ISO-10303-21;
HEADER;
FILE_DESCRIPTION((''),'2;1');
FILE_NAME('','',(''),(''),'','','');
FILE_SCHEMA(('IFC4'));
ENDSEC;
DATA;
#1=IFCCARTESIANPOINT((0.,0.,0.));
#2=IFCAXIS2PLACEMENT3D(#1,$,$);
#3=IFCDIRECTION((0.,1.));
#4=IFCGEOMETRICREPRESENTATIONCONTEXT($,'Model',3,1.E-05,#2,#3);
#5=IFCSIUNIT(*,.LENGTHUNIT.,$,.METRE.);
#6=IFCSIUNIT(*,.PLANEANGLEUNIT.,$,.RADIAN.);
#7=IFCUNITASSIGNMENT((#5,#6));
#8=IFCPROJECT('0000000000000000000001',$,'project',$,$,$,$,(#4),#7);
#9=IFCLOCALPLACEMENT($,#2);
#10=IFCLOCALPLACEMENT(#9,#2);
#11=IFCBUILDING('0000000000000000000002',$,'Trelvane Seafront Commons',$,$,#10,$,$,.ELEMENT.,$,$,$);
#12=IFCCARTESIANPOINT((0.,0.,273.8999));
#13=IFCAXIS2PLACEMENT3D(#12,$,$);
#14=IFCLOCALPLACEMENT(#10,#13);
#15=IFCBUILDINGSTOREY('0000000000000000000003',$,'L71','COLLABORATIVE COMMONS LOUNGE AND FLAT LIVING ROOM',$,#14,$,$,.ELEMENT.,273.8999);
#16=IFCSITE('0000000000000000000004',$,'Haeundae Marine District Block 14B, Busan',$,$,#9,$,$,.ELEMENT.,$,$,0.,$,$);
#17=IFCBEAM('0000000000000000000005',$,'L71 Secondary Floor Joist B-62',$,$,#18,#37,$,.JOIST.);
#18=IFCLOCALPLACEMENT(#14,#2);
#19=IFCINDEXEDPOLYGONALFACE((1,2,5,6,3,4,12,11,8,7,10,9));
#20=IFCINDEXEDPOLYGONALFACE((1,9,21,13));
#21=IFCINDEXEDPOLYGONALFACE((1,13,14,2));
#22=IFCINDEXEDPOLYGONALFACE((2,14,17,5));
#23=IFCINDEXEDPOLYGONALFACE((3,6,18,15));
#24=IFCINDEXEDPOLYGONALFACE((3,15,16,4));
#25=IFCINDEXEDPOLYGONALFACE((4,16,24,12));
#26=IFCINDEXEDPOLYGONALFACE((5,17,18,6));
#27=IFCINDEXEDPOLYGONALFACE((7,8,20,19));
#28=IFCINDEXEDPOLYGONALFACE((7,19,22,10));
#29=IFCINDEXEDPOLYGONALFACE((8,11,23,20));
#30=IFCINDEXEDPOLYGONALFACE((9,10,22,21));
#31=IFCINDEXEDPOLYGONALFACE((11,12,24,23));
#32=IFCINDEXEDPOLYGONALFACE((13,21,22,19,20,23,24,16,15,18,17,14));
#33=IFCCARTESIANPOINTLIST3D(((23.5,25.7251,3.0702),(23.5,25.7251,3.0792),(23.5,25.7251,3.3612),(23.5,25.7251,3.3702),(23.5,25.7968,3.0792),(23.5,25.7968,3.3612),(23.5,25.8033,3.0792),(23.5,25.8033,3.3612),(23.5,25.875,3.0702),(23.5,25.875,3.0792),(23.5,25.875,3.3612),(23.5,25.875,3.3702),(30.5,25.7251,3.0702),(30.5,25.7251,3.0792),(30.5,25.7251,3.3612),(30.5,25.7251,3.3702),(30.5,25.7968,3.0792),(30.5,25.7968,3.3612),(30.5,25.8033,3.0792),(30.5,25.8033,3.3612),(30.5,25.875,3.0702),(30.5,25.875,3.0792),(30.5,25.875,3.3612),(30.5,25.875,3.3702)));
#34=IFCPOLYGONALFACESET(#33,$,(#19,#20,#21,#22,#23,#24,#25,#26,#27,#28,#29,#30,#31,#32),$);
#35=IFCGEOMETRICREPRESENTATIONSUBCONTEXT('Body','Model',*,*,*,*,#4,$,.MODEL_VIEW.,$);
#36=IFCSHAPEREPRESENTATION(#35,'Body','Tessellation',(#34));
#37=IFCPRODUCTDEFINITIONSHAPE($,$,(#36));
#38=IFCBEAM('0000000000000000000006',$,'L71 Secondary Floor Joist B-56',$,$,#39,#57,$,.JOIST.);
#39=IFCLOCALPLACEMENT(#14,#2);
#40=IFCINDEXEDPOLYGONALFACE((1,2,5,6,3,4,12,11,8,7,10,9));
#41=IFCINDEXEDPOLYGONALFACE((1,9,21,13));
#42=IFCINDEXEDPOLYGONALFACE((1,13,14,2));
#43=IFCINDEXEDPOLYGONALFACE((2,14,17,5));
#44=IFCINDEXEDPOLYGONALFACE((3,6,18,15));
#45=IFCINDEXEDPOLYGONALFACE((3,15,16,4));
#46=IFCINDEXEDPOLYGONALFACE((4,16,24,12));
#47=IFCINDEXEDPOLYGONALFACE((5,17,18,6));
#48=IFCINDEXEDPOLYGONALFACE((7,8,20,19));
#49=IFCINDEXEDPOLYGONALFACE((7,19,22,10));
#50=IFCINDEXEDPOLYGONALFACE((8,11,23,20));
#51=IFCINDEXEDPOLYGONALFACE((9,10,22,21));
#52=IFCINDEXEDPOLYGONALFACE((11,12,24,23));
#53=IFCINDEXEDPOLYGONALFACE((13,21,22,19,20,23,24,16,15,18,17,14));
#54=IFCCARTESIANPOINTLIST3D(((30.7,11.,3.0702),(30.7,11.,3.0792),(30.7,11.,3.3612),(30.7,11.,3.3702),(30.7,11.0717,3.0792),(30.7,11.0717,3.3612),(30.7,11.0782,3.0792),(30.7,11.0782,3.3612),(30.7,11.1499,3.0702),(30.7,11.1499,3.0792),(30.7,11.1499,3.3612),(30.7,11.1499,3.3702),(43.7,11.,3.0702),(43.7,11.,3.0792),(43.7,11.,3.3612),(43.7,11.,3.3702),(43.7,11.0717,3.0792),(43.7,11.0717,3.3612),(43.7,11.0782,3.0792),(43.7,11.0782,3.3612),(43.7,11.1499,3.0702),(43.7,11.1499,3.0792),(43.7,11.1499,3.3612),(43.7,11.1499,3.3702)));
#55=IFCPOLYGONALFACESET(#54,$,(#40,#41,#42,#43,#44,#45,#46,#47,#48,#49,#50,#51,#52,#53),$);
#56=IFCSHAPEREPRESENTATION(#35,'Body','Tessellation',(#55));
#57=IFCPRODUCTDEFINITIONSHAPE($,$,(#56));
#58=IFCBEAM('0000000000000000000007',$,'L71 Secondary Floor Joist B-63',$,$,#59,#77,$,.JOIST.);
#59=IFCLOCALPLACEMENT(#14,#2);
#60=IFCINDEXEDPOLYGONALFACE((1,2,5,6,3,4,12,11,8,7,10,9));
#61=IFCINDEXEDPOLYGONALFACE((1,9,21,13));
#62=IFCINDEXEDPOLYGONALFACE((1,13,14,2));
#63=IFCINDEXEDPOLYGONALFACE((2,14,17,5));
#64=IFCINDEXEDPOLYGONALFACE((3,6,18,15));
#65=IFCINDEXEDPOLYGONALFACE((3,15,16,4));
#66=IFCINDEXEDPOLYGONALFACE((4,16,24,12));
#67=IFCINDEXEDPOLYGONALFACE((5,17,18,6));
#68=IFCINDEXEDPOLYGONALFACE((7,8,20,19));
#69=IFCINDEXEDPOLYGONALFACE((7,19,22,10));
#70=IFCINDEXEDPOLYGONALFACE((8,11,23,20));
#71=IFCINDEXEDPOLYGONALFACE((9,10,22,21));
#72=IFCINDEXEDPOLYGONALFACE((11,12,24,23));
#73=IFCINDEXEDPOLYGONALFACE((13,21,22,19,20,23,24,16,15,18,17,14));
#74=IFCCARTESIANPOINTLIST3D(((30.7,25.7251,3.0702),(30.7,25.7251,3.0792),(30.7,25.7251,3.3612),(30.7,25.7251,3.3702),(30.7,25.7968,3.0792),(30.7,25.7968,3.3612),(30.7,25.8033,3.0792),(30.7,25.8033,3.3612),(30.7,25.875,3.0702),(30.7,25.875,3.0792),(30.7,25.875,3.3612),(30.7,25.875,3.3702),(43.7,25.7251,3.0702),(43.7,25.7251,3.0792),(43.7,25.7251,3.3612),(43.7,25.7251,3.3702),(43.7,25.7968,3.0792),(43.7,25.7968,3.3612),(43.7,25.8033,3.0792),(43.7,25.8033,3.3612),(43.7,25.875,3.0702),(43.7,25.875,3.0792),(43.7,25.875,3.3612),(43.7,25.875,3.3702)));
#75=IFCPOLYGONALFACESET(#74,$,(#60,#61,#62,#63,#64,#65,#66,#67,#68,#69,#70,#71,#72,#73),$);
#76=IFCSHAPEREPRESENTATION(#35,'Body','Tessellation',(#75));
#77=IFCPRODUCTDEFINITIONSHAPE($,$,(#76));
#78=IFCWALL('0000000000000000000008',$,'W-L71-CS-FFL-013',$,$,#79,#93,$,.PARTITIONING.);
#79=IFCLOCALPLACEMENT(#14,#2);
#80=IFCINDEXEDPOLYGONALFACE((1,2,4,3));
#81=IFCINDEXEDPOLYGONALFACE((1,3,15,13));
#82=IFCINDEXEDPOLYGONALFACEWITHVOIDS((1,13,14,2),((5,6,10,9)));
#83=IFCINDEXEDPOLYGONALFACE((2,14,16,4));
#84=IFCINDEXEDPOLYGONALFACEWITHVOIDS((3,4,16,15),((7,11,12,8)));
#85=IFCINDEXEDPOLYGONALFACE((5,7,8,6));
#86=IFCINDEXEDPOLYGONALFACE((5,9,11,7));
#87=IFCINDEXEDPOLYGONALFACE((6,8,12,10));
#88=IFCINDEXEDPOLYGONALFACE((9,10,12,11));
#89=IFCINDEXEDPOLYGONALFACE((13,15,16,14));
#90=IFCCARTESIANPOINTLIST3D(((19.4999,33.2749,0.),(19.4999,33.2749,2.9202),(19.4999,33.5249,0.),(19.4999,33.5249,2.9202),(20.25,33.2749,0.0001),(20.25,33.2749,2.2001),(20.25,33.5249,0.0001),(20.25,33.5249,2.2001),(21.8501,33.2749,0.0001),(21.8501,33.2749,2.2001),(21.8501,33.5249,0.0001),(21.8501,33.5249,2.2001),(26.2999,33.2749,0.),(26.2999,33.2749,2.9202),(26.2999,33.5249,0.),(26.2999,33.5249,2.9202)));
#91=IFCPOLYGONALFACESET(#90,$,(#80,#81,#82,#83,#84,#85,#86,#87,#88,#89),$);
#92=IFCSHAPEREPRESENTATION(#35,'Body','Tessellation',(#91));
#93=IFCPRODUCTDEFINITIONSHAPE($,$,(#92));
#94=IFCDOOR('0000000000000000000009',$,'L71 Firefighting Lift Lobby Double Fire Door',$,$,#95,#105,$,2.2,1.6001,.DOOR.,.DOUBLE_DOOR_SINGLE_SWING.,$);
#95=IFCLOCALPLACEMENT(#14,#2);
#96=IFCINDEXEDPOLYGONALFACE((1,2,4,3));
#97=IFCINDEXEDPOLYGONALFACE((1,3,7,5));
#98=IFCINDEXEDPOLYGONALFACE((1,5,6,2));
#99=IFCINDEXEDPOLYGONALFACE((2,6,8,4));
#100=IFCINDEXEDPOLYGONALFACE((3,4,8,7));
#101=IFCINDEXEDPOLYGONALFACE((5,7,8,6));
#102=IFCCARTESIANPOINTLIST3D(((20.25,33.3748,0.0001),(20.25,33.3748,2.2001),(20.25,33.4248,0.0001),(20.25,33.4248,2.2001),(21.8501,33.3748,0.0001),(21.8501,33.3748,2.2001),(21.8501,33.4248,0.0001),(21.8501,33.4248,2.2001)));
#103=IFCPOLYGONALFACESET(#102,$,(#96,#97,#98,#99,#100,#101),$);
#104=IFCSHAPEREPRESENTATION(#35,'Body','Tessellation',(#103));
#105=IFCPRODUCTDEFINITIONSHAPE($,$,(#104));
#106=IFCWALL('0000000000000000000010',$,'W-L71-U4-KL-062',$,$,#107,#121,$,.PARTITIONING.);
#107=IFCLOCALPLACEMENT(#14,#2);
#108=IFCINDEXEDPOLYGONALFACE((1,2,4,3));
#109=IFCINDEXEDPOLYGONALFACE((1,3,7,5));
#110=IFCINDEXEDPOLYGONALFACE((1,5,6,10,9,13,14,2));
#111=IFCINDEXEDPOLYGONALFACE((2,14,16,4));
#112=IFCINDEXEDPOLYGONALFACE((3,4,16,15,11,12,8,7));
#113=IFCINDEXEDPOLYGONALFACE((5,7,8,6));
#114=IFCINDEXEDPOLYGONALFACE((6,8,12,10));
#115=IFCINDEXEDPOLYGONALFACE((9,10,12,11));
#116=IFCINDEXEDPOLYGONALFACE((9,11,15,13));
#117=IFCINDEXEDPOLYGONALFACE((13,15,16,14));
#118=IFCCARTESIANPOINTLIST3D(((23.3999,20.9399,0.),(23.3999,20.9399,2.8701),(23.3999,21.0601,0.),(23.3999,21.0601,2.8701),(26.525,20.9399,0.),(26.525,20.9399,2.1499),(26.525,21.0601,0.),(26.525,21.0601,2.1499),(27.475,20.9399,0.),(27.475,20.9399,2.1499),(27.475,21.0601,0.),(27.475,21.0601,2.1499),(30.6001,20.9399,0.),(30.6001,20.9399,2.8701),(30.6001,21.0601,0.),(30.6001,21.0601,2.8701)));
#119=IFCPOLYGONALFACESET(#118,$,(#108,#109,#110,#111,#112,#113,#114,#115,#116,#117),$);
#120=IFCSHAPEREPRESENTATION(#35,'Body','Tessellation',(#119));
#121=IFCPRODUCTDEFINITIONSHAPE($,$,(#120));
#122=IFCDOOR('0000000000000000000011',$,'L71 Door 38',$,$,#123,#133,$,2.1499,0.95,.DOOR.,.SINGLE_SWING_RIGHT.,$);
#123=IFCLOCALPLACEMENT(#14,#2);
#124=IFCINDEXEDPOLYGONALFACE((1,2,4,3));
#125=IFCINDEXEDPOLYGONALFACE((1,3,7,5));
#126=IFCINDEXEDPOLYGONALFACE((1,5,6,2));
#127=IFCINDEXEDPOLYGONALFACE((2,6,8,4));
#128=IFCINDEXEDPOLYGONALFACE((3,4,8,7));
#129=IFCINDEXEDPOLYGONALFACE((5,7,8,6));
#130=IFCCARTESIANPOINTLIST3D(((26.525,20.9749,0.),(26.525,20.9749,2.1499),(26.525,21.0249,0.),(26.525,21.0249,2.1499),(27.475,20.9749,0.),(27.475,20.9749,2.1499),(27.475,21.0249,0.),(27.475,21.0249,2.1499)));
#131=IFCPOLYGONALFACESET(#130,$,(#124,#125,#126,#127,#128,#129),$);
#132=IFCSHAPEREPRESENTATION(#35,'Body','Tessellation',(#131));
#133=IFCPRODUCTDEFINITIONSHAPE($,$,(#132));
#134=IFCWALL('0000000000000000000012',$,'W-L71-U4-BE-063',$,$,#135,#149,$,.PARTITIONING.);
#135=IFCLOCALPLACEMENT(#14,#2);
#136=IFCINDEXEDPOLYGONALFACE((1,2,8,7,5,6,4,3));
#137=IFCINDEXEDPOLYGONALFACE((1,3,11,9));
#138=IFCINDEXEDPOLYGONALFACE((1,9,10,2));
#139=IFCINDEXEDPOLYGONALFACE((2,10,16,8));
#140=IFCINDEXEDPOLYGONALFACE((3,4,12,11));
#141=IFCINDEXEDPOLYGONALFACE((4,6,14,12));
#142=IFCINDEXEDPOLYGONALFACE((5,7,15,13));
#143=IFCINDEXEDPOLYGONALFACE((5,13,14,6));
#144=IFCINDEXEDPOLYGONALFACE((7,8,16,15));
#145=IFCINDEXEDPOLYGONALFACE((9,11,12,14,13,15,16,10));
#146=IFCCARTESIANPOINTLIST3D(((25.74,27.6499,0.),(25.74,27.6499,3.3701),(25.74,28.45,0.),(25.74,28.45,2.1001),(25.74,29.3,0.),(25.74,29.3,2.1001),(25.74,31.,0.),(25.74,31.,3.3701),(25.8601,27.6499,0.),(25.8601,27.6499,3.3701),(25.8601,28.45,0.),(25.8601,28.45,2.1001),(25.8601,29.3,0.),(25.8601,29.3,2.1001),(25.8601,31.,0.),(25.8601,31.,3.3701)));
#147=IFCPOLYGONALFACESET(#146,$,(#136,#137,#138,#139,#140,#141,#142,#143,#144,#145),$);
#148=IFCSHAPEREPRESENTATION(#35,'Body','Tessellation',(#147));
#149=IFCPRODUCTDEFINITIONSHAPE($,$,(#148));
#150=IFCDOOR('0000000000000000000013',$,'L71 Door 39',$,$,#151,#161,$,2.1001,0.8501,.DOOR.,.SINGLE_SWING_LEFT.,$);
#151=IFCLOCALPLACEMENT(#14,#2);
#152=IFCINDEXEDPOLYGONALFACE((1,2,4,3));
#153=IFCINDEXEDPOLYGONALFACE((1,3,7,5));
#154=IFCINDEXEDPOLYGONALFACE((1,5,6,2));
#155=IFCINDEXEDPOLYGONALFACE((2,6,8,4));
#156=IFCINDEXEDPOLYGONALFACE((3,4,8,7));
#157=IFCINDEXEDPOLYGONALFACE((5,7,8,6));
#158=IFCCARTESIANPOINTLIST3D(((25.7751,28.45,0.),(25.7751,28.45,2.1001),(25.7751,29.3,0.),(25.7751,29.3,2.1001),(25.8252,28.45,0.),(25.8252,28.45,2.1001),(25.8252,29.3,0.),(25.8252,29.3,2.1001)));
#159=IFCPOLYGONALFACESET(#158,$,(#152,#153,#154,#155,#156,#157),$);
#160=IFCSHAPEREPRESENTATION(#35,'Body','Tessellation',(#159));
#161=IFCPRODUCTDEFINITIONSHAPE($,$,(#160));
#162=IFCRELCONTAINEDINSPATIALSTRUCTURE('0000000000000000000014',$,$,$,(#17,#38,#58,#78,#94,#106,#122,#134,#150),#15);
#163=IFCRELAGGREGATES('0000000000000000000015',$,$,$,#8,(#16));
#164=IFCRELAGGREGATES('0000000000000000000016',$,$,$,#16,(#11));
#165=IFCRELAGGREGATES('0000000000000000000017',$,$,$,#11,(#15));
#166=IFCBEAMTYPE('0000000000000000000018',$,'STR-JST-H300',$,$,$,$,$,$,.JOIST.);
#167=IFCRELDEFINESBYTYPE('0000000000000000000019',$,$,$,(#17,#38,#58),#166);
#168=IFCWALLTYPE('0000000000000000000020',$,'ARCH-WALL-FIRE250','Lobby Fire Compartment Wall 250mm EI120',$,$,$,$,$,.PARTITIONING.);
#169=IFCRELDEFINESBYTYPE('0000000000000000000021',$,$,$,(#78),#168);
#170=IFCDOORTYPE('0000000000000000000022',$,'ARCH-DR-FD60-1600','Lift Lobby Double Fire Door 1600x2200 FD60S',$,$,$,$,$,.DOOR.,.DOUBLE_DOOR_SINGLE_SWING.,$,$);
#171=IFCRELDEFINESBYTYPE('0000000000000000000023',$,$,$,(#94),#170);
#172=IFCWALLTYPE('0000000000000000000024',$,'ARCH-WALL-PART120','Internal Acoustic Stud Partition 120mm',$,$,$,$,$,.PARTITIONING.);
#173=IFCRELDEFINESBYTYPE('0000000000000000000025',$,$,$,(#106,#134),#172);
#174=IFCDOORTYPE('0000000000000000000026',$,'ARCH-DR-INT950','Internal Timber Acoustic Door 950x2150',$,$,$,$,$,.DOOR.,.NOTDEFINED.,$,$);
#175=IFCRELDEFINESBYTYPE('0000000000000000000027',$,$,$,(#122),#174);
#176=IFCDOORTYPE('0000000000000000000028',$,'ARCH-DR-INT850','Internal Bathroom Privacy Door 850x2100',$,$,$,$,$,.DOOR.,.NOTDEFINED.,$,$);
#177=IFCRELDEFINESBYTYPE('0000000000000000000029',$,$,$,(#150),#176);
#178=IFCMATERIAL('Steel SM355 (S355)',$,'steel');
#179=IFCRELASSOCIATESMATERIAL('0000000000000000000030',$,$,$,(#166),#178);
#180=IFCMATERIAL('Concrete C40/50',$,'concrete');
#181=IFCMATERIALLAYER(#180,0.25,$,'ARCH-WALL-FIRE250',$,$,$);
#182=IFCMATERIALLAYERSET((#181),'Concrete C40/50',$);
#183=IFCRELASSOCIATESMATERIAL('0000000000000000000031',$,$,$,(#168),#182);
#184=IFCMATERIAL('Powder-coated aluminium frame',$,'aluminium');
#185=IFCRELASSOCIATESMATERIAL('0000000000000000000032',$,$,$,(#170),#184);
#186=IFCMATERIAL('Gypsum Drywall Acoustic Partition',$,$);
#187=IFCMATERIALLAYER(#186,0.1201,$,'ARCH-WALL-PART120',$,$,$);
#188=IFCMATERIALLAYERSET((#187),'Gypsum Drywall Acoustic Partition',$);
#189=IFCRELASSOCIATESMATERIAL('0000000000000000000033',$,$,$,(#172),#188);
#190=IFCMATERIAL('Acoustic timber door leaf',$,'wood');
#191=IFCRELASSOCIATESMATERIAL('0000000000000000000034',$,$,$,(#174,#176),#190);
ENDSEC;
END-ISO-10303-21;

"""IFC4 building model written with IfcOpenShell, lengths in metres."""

from ifc_helpers import new_model, si_unit, direction, frame, frame_2d, origin, origin_2d, place, context, subcontext, project, spatial, rectangle, i_section, extrude, source, transform, mapped, material, layer, layer_set, material_profile, profile_set, type_object, element, fill, save


model = new_model("IFC4")

# Units and contexts
model_context = context("Model", 3, precision=1e-05, world=origin(), true_north=direction((0.0, 1.0)))
body_context = subcontext(model_context, "Body", "Model", "MODEL_VIEW")
ifc_project = project(units=[si_unit("LENGTHUNIT", "METRE"), si_unit("PLANEANGLEUNIT", "RADIAN")], contexts=[model_context])

# Site, building, storey
site_placement = place(None, origin())
site = spatial("IfcSite", under=ifc_project, at=site_placement, Name="Haeundae Marine District Block 14B, Busan", CompositionType="ELEMENT", RefElevation=0.0)
building_placement = place(site_placement, origin())
building = spatial("IfcBuilding", under=site, at=building_placement, Name="Trelvane Seafront Commons", CompositionType="ELEMENT")
storey_placement = place(building_placement, frame((0.0, 0.0, 273.8999)))
storey = spatial("IfcBuildingStorey", under=building, at=storey_placement, Name="L71", Description="COLLABORATIVE COMMONS LOUNGE AND FLAT LIVING ROOM", CompositionType="ELEMENT", Elevation=273.8999)

# Shared definitions
ifc_material_1 = material(Name="Steel SM355 (S355)", Category="steel")

# Beams
ifc_material_profile_1 = material_profile(ifc_material_1, i_section(OverallWidth=0.1499, OverallDepth=0.3, WebThickness=0.0066, FlangeThickness=0.009, at=origin_2d()), Name="H-300x150x6.5x9")
ifc_profile_set_1 = profile_set([ifc_material_profile_1], Name="Steel SM355 (S355)")
beam_type_1 = type_object("IfcBeamType", Name="STR-JST-H300", PredefinedType="JOIST", material=ifc_profile_set_1)
shared_shape_1 = source(origin(), body_context, "Body", "SweptSolid", [
    extrude(i_section(OverallWidth=0.1499, OverallDepth=0.3, WebThickness=0.0066, FlangeThickness=0.009, at=origin_2d()), origin(), (0.0, 0.0, 1.0), 7.0),
])
for number, where, z_axis, x_axis, name in (
    (1, (23.5, 25.8, 3.2202), (1.0, 0.0, 0.0), (0.0, 1.0, 0.0), "L71 Secondary Floor Joist B-62"),
):
    element("IfcBeam", number, at=place(storey_placement, frame(where, z_axis=z_axis, x_axis=x_axis)), inside=storey, type_object=beam_type_1, Name=name, PredefinedType="JOIST", context=body_context, shape_type="MappedRepresentation", body=[
        mapped(shared_shape_1, transform((0.0, 0.0, 0.0), x_axis=(1.0, 0.0, 0.0), y_axis=(0.0, 1.0, 0.0), z_axis=(0.0, 0.0, 1.0), scale=1.0)),
    ])
shared_shape_2 = source(origin(), body_context, "Body", "SweptSolid", [
    extrude(i_section(OverallWidth=0.1499, OverallDepth=0.3, WebThickness=0.0066, FlangeThickness=0.009, at=origin_2d()), origin(), (0.0, 0.0, 1.0), 13.0),
])
for number, where, z_axis, x_axis, name in (
    (2, (30.7, 11.075, 3.2202), (1.0, 0.0, 0.0), (0.0, 1.0, 0.0), "L71 Secondary Floor Joist B-56"),
    (3, (30.7, 25.8, 3.2202), (1.0, 0.0, 0.0), (0.0, 1.0, 0.0), "L71 Secondary Floor Joist B-63"),
):
    element("IfcBeam", number, at=place(storey_placement, frame(where, z_axis=z_axis, x_axis=x_axis)), inside=storey, type_object=beam_type_1, Name=name, PredefinedType="JOIST", context=body_context, shape_type="MappedRepresentation", body=[
        mapped(shared_shape_2, transform((0.0, 0.0, 0.0), x_axis=(1.0, 0.0, 0.0), y_axis=(0.0, 1.0, 0.0), z_axis=(0.0, 0.0, 1.0), scale=1.0)),
    ])

# Walls, openings, doors
ifc_material_2 = material(Name="Concrete C40/50", Category="concrete")
ifc_layer_1 = layer(ifc_material_2, 0.25, Name="ARCH-WALL-FIRE250")
ifc_layer_set_1 = layer_set([ifc_layer_1], Name="Concrete C40/50")
wall_type_1 = type_object("IfcWallType", Name="ARCH-WALL-FIRE250", Description="Lobby Fire Compartment Wall 250mm EI120", PredefinedType="PARTITIONING", material=ifc_layer_set_1)
wall_1_placement = place(storey_placement, frame((19.5, 33.3999, 0.0), z_axis=(0.0, 0.0, 1.0), x_axis=(1.0, 0.0, 0.0)))
wall_1 = element("IfcWall", 4, at=wall_1_placement, inside=storey, type_object=wall_type_1, Name="W-L71-CS-FFL-013", PredefinedType="PARTITIONING", context=body_context, shape_type="SweptSolid", body=[
    extrude(rectangle(XDim=6.8, YDim=0.25, at=frame_2d((3.3999, 0.0))), origin(), (0.0, 0.0, 1.0), 2.9202),
])
opening_1_placement = place(wall_1_placement, frame((0.75, 0.0, 0.0)))
opening_1 = element("IfcOpeningElement", 5, at=opening_1_placement, cuts=wall_1, PredefinedType="OPENING", context=body_context, shape_type="SweptSolid", body=[
    extrude(rectangle(XDim=1.6001, YDim=2.2, at=frame_2d((0.8, 1.1001))), frame((0.0, 0.135, 0.0), z_axis=(0.0, -1.0, 0.0), x_axis=(1.0, 0.0, 0.0)), (0.0, 0.0, 1.0), 0.27),
])
ifc_material_3 = material(Name="Powder-coated aluminium frame", Category="aluminium")
door_type_1 = type_object("IfcDoorType", Name="ARCH-DR-FD60-1600", Description="Lift Lobby Double Fire Door 1600x2200 FD60S", OperationType="DOUBLE_DOOR_SINGLE_SWING", PredefinedType="DOOR", material=ifc_material_3)
shared_shape_3 = source(origin(), body_context, "Body", "SweptSolid", [
    extrude(rectangle(XDim=1.6001, YDim=2.2, at=frame_2d((0.8, 1.1001))), frame((0.0, 0.0249, 0.0), z_axis=(0.0, -1.0, 0.0), x_axis=(1.0, 0.0, 0.0)), (0.0, 0.0, 1.0), 0.05),
])
door_1_placement = place(opening_1_placement, origin())
door_1 = element("IfcDoor", 6, at=door_1_placement, inside=storey, type_object=door_type_1, Name="L71 Firefighting Lift Lobby Double Fire Door", OperationType="DOUBLE_DOOR_SINGLE_SWING", OverallHeight=2.2, OverallWidth=1.6001, PredefinedType="DOOR", context=body_context, shape_type="MappedRepresentation", body=[
    mapped(shared_shape_3, transform((0.0, 0.0, 0.0), x_axis=(1.0, 0.0, 0.0), y_axis=(0.0, 1.0, 0.0), z_axis=(0.0, 0.0, 1.0), scale=1.0)),
])
fill(opening_1, door_1)
ifc_material_4 = material(Name="Gypsum Drywall Acoustic Partition")
ifc_layer_2 = layer(ifc_material_4, 0.1201, Name="ARCH-WALL-PART120")
ifc_layer_set_2 = layer_set([ifc_layer_2], Name="Gypsum Drywall Acoustic Partition")
wall_type_2 = type_object("IfcWallType", Name="ARCH-WALL-PART120", Description="Internal Acoustic Stud Partition 120mm", PredefinedType="PARTITIONING", material=ifc_layer_set_2)
ifc_material_5 = material(Name="Acoustic timber door leaf", Category="wood")
door_type_2 = type_object("IfcDoorType", Name="ARCH-DR-INT950", Description="Internal Timber Acoustic Door 950x2150", OperationType="NOTDEFINED", PredefinedType="DOOR", material=ifc_material_5)
shared_shape_4 = source(origin(), body_context, "Body", "SweptSolid", [
    extrude(rectangle(XDim=0.95, YDim=2.1499, at=frame_2d((0.4751, 1.075))), frame((0.0, 0.0249, 0.0), z_axis=(0.0, -1.0, 0.0), x_axis=(1.0, 0.0, 0.0)), (0.0, 0.0, 1.0), 0.05),
])
wall_2_placement = place(storey_placement, frame((23.3999, 21.0, 0.0), z_axis=(0.0, 0.0, 1.0), x_axis=(1.0, 0.0, 0.0)))
wall_2 = element("IfcWall", 7, at=wall_2_placement, inside=storey, type_object=wall_type_2, Name="W-L71-U4-KL-062", PredefinedType="PARTITIONING", context=body_context, shape_type="SweptSolid", body=[
    extrude(rectangle(XDim=7.2002, YDim=0.1201, at=frame_2d((3.6001, 0.0))), origin(), (0.0, 0.0, 1.0), 2.8701),
])
opening_2_placement = place(wall_2_placement, frame((3.125, 0.0, 0.0)))
opening_2 = element("IfcOpeningElement", 8, at=opening_2_placement, cuts=wall_2, PredefinedType="OPENING", context=body_context, shape_type="SweptSolid", body=[
    extrude(rectangle(XDim=0.95, YDim=2.1499, at=frame_2d((0.4751, 1.075))), frame((0.0, 0.0701, 0.0), z_axis=(0.0, -1.0, 0.0), x_axis=(1.0, 0.0, 0.0)), (0.0, 0.0, 1.0), 0.1401),
])
door_2_placement = place(opening_2_placement, origin())
door_2 = element("IfcDoor", 9, at=door_2_placement, inside=storey, type_object=door_type_2, Name="L71 Door 38", OperationType="SINGLE_SWING_RIGHT", OverallHeight=2.1499, OverallWidth=0.95, PredefinedType="DOOR", context=body_context, shape_type="MappedRepresentation", body=[
    mapped(shared_shape_4, transform((0.0, 0.0, 0.0), x_axis=(1.0, 0.0, 0.0), y_axis=(0.0, 1.0, 0.0), z_axis=(0.0, 0.0, 1.0), scale=1.0)),
])
fill(opening_2, door_2)
wall_3_placement = place(storey_placement, frame((25.8, 27.6499, 0.0), z_axis=(0.0, 0.0, 1.0), x_axis=(0.0, 1.0, 0.0)))
wall_3 = element("IfcWall", 10, at=wall_3_placement, inside=storey, type_object=wall_type_2, Name="W-L71-U4-BE-063", PredefinedType="PARTITIONING", context=body_context, shape_type="SweptSolid", body=[
    extrude(rectangle(XDim=3.3501, YDim=0.1201, at=frame_2d((1.675, 0.0))), origin(), (0.0, 0.0, 1.0), 3.3701),
])
opening_3_placement = place(wall_3_placement, frame((0.8, 0.0, 0.0)))
opening_3 = element("IfcOpeningElement", 11, at=opening_3_placement, cuts=wall_3, PredefinedType="OPENING", context=body_context, shape_type="SweptSolid", body=[
    extrude(rectangle(XDim=0.8501, YDim=2.1001, at=frame_2d((0.425, 1.05))), frame((0.0, 0.0701, 0.0), z_axis=(0.0, -1.0, 0.0), x_axis=(1.0, 0.0, 0.0)), (0.0, 0.0, 1.0), 0.1401),
])
door_type_3 = type_object("IfcDoorType", Name="ARCH-DR-INT850", Description="Internal Bathroom Privacy Door 850x2100", OperationType="NOTDEFINED", PredefinedType="DOOR", material=ifc_material_5)
shared_shape_5 = source(origin(), body_context, "Body", "SweptSolid", [
    extrude(rectangle(XDim=0.8501, YDim=2.1001, at=frame_2d((0.425, 1.05))), frame((0.0, 0.0249, 0.0), z_axis=(0.0, -1.0, 0.0), x_axis=(1.0, 0.0, 0.0)), (0.0, 0.0, 1.0), 0.05),
])
door_3_placement = place(opening_3_placement, origin())
door_3 = element("IfcDoor", 12, at=door_3_placement, inside=storey, type_object=door_type_3, Name="L71 Door 39", OperationType="SINGLE_SWING_LEFT", OverallHeight=2.1001, OverallWidth=0.8501, PredefinedType="DOOR", context=body_context, shape_type="MappedRepresentation", body=[
    mapped(shared_shape_5, transform((0.0, 0.0, 0.0), x_axis=(1.0, 0.0, 0.0), y_axis=(0.0, 1.0, 0.0), z_axis=(0.0, 0.0, 1.0), scale=1.0)),
])
fill(opening_3, door_3)

save(model, "model.ifc")
